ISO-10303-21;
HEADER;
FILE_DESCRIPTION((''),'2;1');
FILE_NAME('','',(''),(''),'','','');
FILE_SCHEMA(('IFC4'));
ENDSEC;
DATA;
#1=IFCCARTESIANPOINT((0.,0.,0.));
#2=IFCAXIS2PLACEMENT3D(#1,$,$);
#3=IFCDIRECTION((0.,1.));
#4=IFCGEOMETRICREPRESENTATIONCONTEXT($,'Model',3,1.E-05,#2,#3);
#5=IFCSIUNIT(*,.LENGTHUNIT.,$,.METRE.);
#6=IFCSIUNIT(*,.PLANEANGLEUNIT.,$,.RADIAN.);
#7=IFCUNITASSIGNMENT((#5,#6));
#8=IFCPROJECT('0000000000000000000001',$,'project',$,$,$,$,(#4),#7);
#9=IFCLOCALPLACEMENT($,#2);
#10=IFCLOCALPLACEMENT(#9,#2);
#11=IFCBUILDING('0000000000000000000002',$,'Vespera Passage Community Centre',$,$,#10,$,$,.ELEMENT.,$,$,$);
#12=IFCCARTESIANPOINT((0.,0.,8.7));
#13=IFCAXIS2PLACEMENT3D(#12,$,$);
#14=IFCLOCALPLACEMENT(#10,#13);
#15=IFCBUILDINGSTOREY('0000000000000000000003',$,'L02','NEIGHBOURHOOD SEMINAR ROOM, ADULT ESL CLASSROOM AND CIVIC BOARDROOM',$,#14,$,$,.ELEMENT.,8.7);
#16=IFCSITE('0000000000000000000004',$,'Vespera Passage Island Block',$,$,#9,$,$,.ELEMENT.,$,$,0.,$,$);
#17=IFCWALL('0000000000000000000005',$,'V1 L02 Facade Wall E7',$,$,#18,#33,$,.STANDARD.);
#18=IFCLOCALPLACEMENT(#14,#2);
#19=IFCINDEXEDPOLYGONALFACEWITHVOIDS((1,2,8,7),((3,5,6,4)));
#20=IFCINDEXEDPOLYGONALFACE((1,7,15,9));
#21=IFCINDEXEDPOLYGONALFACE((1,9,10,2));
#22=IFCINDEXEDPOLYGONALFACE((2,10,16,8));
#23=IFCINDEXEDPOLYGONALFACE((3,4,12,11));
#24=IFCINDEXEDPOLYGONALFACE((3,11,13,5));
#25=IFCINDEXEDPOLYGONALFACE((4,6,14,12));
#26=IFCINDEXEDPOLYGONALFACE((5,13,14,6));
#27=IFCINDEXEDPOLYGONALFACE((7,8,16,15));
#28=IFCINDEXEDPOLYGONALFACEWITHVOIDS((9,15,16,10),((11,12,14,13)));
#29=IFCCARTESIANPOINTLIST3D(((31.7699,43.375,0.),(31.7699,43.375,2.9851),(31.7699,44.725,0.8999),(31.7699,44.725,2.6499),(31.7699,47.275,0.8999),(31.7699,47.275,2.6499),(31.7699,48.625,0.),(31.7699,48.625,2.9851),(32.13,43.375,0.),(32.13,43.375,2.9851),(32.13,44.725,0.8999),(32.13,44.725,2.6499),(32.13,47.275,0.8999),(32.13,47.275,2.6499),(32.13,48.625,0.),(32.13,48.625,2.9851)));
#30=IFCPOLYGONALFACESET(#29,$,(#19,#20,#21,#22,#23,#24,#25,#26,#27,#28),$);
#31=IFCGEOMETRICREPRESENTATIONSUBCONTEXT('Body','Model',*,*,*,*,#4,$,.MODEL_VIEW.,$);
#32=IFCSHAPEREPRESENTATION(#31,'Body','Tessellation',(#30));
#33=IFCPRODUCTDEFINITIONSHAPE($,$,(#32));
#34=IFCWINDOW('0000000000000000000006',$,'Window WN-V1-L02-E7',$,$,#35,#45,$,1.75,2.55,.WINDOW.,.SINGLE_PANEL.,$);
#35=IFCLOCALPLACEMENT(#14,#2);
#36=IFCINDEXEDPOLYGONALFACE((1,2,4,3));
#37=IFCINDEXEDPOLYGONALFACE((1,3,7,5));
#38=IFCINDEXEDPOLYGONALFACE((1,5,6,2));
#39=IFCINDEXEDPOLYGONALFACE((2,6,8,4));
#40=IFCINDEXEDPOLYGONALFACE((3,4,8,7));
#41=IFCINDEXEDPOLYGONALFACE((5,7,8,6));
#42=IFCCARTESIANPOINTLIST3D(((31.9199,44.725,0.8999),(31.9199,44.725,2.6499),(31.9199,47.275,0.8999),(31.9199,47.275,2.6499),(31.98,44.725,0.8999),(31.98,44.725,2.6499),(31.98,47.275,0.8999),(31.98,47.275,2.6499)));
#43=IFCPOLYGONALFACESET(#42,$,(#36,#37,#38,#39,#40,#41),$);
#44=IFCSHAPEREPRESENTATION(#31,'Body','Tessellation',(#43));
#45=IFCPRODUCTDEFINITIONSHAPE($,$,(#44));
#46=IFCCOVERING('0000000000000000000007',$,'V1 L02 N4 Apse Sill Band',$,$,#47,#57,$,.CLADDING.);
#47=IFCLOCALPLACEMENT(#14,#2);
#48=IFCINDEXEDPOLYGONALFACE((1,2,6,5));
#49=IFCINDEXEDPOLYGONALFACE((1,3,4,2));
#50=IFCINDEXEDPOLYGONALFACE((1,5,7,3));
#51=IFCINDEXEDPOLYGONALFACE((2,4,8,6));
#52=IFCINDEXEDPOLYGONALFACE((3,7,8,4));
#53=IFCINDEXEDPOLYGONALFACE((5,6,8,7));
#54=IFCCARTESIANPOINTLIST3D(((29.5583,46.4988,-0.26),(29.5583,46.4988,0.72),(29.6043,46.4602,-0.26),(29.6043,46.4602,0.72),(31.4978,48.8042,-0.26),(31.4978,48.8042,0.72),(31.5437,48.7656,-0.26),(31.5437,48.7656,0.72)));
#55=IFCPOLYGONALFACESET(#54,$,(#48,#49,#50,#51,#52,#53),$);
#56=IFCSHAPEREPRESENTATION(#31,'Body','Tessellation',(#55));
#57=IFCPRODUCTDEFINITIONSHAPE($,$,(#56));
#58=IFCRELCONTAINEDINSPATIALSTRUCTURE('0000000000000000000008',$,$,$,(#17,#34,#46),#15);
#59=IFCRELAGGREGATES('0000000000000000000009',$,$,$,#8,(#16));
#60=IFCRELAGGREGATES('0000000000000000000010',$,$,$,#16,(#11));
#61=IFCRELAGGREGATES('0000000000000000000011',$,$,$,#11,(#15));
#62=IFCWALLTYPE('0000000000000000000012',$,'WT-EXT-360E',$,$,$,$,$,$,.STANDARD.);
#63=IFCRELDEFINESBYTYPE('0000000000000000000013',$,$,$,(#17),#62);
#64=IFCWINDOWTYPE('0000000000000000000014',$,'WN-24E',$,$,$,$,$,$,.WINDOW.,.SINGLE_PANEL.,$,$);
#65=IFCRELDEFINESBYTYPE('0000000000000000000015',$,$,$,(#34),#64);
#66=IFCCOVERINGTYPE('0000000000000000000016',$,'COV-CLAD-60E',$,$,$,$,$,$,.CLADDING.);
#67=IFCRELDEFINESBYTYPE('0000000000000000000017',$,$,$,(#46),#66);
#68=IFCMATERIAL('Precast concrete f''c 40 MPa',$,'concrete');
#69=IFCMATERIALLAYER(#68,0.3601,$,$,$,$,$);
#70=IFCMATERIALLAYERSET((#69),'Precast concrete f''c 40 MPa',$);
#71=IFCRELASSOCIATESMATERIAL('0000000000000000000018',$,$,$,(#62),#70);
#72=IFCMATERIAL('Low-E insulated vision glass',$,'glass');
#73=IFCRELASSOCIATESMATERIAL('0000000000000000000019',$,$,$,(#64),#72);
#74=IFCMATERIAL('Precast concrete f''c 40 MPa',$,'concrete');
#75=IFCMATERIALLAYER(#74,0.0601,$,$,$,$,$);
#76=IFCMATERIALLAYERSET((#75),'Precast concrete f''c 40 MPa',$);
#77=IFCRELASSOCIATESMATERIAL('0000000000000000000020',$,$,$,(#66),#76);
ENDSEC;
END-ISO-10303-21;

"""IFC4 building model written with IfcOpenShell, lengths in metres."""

from ifc_helpers import new_model, si_unit, direction, frame, frame_2d, origin, place, context, subcontext, project, spatial, rectangle, extrude, material, layer, layer_set, type_object, element, fill, save


model = new_model("IFC4")

# Units and contexts
model_context = context("Model", 3, precision=1e-05, world=origin(), true_north=direction((0.0, 1.0)))
body_context = subcontext(model_context, "Body", "Model", "MODEL_VIEW")
ifc_project = project(units=[si_unit("LENGTHUNIT", "METRE"), si_unit("PLANEANGLEUNIT", "RADIAN")], contexts=[model_context])

# Site, building, storey
site_placement = place(None, origin())
site = spatial("IfcSite", under=ifc_project, at=site_placement, Name="Vespera Passage Island Block", CompositionType="ELEMENT", RefElevation=0.0)
building_placement = place(site_placement, origin())
building = spatial("IfcBuilding", under=site, at=building_placement, Name="Vespera Passage Community Centre", CompositionType="ELEMENT")
storey_placement = place(building_placement, frame((0.0, 0.0, 8.7)))
storey = spatial("IfcBuildingStorey", under=building, at=storey_placement, Name="L02", Description="NEIGHBOURHOOD SEMINAR ROOM, ADULT ESL CLASSROOM AND CIVIC BOARDROOM", CompositionType="ELEMENT", Elevation=8.7)

# Wall, opening, window
ifc_material_1 = material(Name="Precast concrete f'c 40 MPa", Category="concrete")
ifc_layer_1 = layer(ifc_material_1, 0.3601)
ifc_layer_set_1 = layer_set([ifc_layer_1], Name="Precast concrete f'c 40 MPa")
wall_type_1 = type_object("IfcWallType", Name="WT-EXT-360E", PredefinedType="STANDARD", material=ifc_layer_set_1)
wall_1_placement = place(storey_placement, frame((31.95, 48.625, 0.0), z_axis=(0.0, 0.0, 1.0), x_axis=(0.0, -1.0, 0.0)))
wall_1 = element("IfcWall", 1, at=wall_1_placement, inside=storey, type_object=wall_type_1, Name="V1 L02 Facade Wall E7", PredefinedType="STANDARD", context=body_context, shape_type="SweptSolid", body=[
    extrude(rectangle(XDim=5.25, YDim=0.3601, at=frame_2d((2.625, 0.0))), origin(), (0.0, 0.0, 1.0), 2.9851),
])
opening_1_placement = place(wall_1_placement, frame((1.3501, 0.0, 0.8999)))
opening_1 = element("IfcOpeningElement", 2, at=opening_1_placement, cuts=wall_1, PredefinedType="OPENING", context=body_context, shape_type="SweptSolid", body=[
    extrude(rectangle(XDim=2.55, YDim=1.75, at=frame_2d((1.2749, 0.875))), frame((0.0, 0.1902, 0.0), z_axis=(0.0, -1.0, 0.0), x_axis=(1.0, 0.0, 0.0)), (0.0, 0.0, 1.0), 0.3801),
])
ifc_material_2 = material(Name="Low-E insulated vision glass", Category="glass")
window_type_1 = type_object("IfcWindowType", Name="WN-24E", PartitioningType="SINGLE_PANEL", PredefinedType="WINDOW", material=ifc_material_2)
window_1_placement = place(opening_1_placement, origin())
window_1 = element("IfcWindow", 3, at=window_1_placement, inside=storey, type_object=window_type_1, Name="Window WN-V1-L02-E7", OverallHeight=1.75, OverallWidth=2.55, PartitioningType="SINGLE_PANEL", PredefinedType="WINDOW", context=body_context, shape_type="SweptSolid", body=[
    extrude(rectangle(XDim=2.55, YDim=1.75, at=frame_2d((1.2749, 0.875))), frame((0.0, 0.03, 0.0), z_axis=(0.0, -1.0, 0.0), x_axis=(1.0, 0.0, 0.0)), (0.0, 0.0, 1.0), 0.0601),
])
fill(opening_1, window_1)

# Covering
ifc_material_3 = material(Name="Precast concrete f'c 40 MPa", Category="concrete")
ifc_layer_2 = layer(ifc_material_3, 0.0601)
ifc_layer_set_2 = layer_set([ifc_layer_2], Name="Precast concrete f'c 40 MPa")
covering_type = type_object("IfcCoveringType", Name="COV-CLAD-60E", PredefinedType="CLADDING", material=ifc_layer_set_2)
covering_placement = place(storey_placement, frame((29.5813, 46.4795, -0.26), z_axis=(0.0, 0.0, 1.0), x_axis=(0.643756, 0.765231, 0.0)))
element("IfcCovering", 4, at=covering_placement, inside=storey, type_object=covering_type, Name="V1 L02 N4 Apse Sill Band", PredefinedType="CLADDING", context=body_context, shape_type="SweptSolid", body=[
    extrude(rectangle(XDim=3.0127, YDim=0.0601, at=frame_2d((1.5063, 0.0))), origin(), (0.0, 0.0, 1.0), 0.98),
])

save(model, "model.ifc")
